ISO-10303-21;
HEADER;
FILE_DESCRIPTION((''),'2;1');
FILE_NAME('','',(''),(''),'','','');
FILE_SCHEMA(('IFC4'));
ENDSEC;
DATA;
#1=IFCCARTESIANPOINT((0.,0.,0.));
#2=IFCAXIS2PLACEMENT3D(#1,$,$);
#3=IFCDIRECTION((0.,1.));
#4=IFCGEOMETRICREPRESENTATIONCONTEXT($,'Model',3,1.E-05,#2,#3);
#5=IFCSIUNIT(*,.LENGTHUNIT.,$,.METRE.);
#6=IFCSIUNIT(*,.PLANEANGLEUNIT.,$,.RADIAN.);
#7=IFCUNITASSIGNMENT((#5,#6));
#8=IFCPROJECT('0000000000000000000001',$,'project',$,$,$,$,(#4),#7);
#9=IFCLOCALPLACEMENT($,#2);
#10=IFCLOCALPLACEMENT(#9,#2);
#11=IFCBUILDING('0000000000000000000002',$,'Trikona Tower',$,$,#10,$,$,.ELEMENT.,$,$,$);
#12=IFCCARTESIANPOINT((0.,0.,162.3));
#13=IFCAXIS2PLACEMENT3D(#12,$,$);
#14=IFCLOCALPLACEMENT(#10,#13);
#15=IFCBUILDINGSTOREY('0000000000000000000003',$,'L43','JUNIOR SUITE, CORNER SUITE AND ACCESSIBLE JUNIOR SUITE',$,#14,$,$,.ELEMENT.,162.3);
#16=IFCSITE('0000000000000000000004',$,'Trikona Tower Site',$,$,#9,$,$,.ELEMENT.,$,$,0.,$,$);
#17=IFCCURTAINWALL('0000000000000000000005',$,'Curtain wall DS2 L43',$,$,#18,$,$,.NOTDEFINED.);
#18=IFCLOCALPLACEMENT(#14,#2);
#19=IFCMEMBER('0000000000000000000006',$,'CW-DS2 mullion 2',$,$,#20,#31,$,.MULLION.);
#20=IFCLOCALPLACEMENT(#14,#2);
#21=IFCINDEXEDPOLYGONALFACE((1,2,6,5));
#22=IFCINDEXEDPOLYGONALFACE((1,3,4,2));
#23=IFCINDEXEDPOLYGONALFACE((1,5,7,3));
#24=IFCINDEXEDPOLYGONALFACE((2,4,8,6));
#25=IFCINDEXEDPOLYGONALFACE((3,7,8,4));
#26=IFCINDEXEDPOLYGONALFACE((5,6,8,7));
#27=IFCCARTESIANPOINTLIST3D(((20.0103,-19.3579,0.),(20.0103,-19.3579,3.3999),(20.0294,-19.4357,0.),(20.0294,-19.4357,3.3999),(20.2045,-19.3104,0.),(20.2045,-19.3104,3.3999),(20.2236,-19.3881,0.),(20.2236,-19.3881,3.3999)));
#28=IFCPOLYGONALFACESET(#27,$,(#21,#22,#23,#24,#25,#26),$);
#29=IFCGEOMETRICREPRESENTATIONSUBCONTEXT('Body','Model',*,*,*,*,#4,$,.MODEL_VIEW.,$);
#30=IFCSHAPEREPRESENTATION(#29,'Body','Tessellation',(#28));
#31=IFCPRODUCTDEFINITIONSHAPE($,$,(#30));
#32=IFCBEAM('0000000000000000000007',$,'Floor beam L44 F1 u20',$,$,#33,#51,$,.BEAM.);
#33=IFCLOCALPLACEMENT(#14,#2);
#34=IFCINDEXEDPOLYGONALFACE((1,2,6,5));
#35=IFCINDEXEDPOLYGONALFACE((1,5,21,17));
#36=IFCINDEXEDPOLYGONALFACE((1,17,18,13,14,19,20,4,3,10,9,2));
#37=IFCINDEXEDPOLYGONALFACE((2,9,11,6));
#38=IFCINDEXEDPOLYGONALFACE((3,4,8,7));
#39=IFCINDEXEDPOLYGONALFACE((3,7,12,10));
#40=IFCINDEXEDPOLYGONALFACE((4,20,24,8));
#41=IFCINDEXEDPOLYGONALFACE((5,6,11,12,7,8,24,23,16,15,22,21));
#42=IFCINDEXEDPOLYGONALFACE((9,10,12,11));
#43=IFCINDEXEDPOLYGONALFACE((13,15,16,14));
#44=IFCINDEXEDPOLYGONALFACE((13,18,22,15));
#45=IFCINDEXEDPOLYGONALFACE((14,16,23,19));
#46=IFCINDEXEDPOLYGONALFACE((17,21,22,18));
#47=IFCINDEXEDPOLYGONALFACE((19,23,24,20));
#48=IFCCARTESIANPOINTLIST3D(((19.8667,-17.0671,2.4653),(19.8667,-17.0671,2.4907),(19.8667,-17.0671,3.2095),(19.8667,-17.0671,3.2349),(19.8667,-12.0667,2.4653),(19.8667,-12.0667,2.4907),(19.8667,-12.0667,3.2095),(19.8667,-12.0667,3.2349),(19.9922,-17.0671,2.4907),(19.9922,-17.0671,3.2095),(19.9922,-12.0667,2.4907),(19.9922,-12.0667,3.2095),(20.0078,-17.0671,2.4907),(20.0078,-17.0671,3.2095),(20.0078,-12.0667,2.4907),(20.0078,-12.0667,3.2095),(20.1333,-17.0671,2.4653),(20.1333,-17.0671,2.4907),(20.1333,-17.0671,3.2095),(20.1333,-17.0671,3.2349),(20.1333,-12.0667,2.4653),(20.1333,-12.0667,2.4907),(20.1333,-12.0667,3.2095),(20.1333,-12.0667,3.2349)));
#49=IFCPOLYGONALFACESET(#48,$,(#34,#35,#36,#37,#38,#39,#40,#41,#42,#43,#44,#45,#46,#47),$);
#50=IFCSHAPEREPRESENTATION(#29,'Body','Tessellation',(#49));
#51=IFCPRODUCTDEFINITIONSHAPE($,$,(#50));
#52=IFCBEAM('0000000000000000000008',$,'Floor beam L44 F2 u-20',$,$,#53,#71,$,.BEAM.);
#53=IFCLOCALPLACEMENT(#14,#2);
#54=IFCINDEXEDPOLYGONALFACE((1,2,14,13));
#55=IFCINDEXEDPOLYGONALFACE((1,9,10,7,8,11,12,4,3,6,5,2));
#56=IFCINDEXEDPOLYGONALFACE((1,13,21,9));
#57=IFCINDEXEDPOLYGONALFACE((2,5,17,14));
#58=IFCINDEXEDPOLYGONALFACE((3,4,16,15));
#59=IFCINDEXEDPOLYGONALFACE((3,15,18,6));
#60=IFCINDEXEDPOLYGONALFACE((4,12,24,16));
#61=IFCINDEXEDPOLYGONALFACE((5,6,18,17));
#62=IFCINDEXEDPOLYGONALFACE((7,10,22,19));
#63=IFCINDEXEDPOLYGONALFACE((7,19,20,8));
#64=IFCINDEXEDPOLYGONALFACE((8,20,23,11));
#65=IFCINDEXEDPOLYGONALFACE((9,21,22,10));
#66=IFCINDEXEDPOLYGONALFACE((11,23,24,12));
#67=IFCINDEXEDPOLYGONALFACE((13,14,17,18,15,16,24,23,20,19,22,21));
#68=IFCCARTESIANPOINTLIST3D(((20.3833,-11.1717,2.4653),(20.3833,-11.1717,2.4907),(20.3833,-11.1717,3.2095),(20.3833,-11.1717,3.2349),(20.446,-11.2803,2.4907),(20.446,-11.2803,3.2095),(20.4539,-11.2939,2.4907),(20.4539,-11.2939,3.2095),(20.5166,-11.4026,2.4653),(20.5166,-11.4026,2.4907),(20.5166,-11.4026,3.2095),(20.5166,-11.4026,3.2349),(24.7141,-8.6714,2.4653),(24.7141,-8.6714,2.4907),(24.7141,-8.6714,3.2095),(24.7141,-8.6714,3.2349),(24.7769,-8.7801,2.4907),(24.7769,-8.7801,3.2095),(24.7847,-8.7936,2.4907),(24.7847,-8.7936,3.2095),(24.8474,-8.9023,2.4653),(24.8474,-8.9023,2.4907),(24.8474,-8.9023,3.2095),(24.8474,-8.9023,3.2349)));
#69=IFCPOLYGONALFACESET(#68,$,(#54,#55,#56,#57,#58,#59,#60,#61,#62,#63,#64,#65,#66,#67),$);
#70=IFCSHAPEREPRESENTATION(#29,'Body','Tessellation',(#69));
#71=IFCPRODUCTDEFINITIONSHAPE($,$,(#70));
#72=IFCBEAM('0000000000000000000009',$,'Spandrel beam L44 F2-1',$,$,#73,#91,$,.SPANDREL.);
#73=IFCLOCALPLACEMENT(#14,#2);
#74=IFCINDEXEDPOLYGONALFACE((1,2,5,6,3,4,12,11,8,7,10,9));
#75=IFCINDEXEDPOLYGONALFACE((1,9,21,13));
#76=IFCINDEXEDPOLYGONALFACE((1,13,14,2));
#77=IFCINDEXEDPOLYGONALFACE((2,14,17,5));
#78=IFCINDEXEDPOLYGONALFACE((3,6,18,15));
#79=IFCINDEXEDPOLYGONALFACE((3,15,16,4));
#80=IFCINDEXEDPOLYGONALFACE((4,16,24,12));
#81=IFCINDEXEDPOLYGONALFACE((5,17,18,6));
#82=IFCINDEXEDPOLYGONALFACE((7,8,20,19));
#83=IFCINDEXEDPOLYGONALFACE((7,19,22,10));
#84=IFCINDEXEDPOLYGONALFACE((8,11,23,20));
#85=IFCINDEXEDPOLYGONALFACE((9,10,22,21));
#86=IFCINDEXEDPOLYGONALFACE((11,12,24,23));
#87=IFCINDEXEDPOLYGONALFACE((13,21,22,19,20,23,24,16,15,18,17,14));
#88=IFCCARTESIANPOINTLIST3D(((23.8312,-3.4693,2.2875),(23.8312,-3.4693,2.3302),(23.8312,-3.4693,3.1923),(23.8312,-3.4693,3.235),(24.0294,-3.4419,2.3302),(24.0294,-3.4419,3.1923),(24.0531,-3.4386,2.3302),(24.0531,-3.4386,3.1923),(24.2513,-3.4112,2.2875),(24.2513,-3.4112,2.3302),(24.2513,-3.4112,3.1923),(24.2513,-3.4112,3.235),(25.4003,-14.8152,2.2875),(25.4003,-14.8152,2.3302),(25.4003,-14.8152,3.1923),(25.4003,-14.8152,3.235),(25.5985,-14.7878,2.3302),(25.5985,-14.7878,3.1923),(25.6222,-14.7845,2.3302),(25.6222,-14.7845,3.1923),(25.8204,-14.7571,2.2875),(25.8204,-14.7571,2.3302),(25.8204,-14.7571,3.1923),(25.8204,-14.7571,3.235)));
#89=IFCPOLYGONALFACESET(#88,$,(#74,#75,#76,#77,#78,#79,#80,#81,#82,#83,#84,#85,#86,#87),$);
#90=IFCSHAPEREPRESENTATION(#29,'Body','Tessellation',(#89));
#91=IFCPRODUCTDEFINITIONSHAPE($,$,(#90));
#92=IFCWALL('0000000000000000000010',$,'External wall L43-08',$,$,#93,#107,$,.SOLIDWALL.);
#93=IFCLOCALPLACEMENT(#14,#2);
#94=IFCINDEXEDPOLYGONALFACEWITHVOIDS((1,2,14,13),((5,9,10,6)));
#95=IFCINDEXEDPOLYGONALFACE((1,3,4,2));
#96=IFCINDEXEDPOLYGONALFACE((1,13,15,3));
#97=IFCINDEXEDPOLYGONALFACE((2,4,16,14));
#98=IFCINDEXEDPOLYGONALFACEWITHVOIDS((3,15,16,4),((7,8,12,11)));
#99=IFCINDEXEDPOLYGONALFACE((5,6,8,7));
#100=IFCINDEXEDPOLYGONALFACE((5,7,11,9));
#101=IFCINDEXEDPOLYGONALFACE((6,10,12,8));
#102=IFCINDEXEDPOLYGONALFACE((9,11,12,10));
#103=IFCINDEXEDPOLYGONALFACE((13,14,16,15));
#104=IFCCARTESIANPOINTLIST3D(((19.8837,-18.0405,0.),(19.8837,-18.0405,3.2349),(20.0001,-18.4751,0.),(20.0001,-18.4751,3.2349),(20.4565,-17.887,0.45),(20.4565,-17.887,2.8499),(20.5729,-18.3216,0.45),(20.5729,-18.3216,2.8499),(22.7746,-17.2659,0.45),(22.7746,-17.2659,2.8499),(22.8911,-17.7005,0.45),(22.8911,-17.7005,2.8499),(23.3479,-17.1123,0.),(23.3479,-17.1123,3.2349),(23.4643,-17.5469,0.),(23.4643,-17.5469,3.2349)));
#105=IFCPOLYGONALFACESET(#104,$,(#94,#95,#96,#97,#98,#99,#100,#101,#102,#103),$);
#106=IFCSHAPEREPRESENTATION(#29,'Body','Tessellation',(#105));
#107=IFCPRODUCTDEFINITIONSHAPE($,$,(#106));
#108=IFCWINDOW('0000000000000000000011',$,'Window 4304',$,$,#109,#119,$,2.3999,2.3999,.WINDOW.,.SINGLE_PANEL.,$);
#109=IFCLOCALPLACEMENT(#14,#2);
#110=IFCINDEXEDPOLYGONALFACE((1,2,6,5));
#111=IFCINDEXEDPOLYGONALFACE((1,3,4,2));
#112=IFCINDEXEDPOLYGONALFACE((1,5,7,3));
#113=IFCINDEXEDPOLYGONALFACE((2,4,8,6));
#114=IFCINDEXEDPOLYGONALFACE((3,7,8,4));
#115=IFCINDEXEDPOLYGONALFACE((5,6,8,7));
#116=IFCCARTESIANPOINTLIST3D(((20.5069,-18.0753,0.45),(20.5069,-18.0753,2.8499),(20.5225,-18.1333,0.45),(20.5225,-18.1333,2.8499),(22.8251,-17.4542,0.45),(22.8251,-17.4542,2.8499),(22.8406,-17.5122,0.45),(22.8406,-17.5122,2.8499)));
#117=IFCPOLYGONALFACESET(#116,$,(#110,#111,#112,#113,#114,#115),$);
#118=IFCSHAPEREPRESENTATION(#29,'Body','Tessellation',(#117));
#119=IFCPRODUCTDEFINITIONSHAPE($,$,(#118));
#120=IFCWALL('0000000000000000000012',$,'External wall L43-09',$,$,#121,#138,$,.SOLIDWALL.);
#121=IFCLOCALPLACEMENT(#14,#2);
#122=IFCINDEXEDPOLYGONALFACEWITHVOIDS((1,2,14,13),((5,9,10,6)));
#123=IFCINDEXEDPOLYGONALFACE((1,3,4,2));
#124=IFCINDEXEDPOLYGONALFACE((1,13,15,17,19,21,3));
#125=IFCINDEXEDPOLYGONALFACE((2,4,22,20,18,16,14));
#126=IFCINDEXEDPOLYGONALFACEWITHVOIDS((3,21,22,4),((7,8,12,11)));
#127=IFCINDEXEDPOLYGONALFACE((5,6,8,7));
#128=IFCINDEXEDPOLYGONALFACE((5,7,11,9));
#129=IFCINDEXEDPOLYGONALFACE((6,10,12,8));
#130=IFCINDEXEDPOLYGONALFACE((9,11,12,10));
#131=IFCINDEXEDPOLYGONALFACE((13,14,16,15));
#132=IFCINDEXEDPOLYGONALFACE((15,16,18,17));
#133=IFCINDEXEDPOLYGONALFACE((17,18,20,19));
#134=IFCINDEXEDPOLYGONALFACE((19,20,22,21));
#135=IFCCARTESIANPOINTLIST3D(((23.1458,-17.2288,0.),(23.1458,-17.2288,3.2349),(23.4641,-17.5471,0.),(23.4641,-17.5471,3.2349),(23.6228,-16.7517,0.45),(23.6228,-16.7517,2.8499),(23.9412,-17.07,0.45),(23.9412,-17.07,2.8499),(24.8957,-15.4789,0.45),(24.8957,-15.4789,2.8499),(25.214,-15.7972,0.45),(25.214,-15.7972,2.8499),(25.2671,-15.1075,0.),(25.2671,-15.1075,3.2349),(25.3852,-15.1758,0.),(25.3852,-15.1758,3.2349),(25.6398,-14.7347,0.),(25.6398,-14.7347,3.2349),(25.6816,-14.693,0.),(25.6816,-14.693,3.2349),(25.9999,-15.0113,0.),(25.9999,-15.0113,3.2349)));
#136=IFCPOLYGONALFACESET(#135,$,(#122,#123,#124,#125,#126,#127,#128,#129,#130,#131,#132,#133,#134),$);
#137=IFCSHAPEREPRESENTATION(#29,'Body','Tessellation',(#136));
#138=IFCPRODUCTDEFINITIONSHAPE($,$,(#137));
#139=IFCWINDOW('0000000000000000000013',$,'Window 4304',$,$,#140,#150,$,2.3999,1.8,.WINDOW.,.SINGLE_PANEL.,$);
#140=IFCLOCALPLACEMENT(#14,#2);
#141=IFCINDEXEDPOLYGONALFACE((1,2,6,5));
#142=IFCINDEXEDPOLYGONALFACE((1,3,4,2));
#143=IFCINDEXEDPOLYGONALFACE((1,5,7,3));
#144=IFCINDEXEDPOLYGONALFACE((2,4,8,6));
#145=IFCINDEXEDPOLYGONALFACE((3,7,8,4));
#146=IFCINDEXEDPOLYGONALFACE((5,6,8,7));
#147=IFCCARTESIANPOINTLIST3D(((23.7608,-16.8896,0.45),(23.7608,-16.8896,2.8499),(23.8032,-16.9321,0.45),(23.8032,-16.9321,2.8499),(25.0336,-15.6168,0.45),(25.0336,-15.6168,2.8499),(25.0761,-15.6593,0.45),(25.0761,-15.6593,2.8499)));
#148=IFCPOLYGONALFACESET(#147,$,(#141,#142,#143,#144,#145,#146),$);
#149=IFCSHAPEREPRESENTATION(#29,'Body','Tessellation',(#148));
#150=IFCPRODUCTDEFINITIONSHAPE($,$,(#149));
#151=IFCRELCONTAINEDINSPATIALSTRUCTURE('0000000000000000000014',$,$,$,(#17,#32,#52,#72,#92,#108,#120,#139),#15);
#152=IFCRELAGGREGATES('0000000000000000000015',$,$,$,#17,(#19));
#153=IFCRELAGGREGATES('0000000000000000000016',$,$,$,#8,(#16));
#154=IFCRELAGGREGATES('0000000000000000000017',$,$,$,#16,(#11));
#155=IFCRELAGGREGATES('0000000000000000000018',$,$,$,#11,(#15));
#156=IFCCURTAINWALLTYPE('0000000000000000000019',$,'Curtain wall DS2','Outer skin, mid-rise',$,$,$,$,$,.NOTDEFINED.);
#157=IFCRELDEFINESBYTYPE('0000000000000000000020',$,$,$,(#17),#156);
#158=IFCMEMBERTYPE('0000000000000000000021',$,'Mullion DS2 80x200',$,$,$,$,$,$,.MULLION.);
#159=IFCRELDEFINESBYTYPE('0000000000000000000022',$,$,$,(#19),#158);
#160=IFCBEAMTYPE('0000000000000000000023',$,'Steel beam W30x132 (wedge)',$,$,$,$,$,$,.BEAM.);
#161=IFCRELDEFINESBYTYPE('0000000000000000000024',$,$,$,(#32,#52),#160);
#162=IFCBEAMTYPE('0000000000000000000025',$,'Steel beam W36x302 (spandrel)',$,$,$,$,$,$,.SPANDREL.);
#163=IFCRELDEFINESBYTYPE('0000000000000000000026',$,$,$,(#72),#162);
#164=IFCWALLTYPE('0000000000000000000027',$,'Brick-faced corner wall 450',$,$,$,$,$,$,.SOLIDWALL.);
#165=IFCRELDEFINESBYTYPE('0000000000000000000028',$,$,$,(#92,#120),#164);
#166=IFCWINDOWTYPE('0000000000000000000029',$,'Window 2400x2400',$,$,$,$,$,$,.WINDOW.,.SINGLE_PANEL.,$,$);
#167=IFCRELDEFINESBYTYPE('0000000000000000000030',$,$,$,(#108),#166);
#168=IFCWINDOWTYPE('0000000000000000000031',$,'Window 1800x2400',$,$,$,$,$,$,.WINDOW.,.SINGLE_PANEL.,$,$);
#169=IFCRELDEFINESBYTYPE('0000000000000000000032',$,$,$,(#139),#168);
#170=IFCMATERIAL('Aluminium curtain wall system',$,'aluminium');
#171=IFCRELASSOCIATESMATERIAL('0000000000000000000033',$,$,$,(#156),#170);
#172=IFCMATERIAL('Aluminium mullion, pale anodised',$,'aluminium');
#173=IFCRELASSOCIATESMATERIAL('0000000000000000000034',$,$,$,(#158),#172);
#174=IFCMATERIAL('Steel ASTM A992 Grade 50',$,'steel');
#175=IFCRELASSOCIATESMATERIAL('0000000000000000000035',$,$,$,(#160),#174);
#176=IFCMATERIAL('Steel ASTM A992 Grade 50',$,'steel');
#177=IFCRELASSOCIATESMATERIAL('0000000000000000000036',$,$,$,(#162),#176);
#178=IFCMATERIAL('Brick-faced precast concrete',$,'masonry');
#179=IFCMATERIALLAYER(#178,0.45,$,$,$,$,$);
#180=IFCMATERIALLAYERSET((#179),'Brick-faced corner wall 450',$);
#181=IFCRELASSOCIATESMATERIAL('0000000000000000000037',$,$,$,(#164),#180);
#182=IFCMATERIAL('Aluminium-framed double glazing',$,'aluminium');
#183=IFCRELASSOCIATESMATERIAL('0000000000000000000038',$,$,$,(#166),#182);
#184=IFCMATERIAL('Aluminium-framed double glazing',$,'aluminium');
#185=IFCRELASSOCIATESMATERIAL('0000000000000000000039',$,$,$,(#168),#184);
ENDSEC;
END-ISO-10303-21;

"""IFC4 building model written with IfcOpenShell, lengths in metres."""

from ifc_helpers import new_model, si_unit, direction, frame, frame_2d, origin, origin_2d, place, context, subcontext, project, spatial, polyline, rectangle, i_section, outline, extrude, material, layer, layer_set, material_profile, profile_set, type_object, element, fill, aggregate, save


model = new_model("IFC4")

# Units and contexts
model_context = context("Model", 3, precision=1e-05, world=origin(), true_north=direction((0.0, 1.0)))
body_context = subcontext(model_context, "Body", "Model", "MODEL_VIEW")
ifc_project = project(units=[si_unit("LENGTHUNIT", "METRE"), si_unit("PLANEANGLEUNIT", "RADIAN")], contexts=[model_context])

# Site, building, storey
site_placement = place(None, origin())
site = spatial("IfcSite", under=ifc_project, at=site_placement, Name="Trikona Tower Site", CompositionType="ELEMENT", RefElevation=0.0)
building_placement = place(site_placement, origin())
building = spatial("IfcBuilding", under=site, at=building_placement, Name="Trikona Tower", CompositionType="ELEMENT")
storey_placement = place(building_placement, frame((0.0, 0.0, 162.3)))
storey = spatial("IfcBuildingStorey", under=building, at=storey_placement, Name="L43", Description="JUNIOR SUITE, CORNER SUITE AND ACCESSIBLE JUNIOR SUITE", CompositionType="ELEMENT", Elevation=162.3)

# Curtain wall, member
ifc_material_1 = material(Name="Aluminium curtain wall system", Category="aluminium")
curtain_wall_type = type_object("IfcCurtainWallType", Name="Curtain wall DS2", Description="Outer skin, mid-rise", PredefinedType="NOTDEFINED", material=ifc_material_1)
curtain_wall_placement = place(storey_placement, origin())
curtain_wall = element("IfcCurtainWall", 1, at=curtain_wall_placement, inside=storey, type_object=curtain_wall_type, Name="Curtain wall DS2 L43", PredefinedType="NOTDEFINED")
ifc_material_2 = material(Name="Aluminium mullion, pale anodised", Category="aluminium")
ifc_material_profile_1 = material_profile(ifc_material_2, rectangle(XDim=0.0801, YDim=0.2, at=origin_2d()), Name="MUL-DS2")
ifc_profile_set_1 = profile_set([ifc_material_profile_1], Name="Aluminium mullion, pale anodised")
member_type = type_object("IfcMemberType", Name="Mullion DS2 80x200", PredefinedType="MULLION", material=ifc_profile_set_1)
member_placement = place(storey_placement, frame((20.1169, -19.373, 0.0), z_axis=(0.0, 0.0, 1.0), x_axis=(-0.23797, 0.971272, 0.0)))
member = element("IfcMember", 2, at=member_placement, type_object=member_type, Name="CW-DS2 mullion 2", PredefinedType="MULLION", context=body_context, shape_type="SweptSolid", body=[
    extrude(rectangle(XDim=0.0801, YDim=0.2, at=origin_2d()), origin(), (0.0, 0.0, 1.0), 3.3999),
])
aggregate(curtain_wall, [member])

# Beams
ifc_material_3 = material(Name="Steel ASTM A992 Grade 50", Category="steel")
ifc_material_profile_2 = material_profile(ifc_material_3, i_section(OverallWidth=0.2666, OverallDepth=0.7695, WebThickness=0.0156, FlangeThickness=0.0254, at=origin_2d()), Name="W30X132")
ifc_profile_set_2 = profile_set([ifc_material_profile_2], Name="Steel ASTM A992 Grade 50")
beam_type_1 = type_object("IfcBeamType", Name="Steel beam W30x132 (wedge)", PredefinedType="BEAM", material=ifc_profile_set_2)
beam_1_placement = place(storey_placement, frame((20.0, -12.0667, 2.8501), z_axis=(0.0, -1.0, 0.0), x_axis=(1.0, 0.0, 0.0)))
element("IfcBeam", 3, at=beam_1_placement, inside=storey, type_object=beam_type_1, Name="Floor beam L44 F1 u20", PredefinedType="BEAM", context=body_context, shape_type="SweptSolid", body=[
    extrude(i_section(OverallWidth=0.2666, OverallDepth=0.7695, WebThickness=0.0156, FlangeThickness=0.0254, at=origin_2d()), origin(), (0.0, 0.0, 1.0), 5.0005),
])
beam_2_placement = place(storey_placement, frame((20.45, -11.2871, 2.8501), z_axis=(0.866038, 0.499977, 0.0), x_axis=(-0.499977, 0.866038, 0.0)))
element("IfcBeam", 4, at=beam_2_placement, inside=storey, type_object=beam_type_1, Name="Floor beam L44 F2 u-20", PredefinedType="BEAM", context=body_context, shape_type="SweptSolid", body=[
    extrude(i_section(OverallWidth=0.2666, OverallDepth=0.7695, WebThickness=0.0156, FlangeThickness=0.0254, at=origin_2d()), origin(), (0.0, 0.0, 1.0), 5.0007),
])
ifc_material_4 = material(Name="Steel ASTM A992 Grade 50", Category="steel")
ifc_material_profile_3 = material_profile(ifc_material_4, i_section(OverallWidth=0.4241, OverallDepth=0.9475, WebThickness=0.0239, FlangeThickness=0.0427, at=origin_2d()), Name="W36X302")
ifc_profile_set_3 = profile_set([ifc_material_profile_3], Name="Steel ASTM A992 Grade 50")
beam_type_2 = type_object("IfcBeamType", Name="Steel beam W36x302 (spandrel)", PredefinedType="SPANDREL", material=ifc_profile_set_3)
beam_3_placement = place(storey_placement, frame((25.6104, -14.7861, 2.7612), z_axis=(-0.136992, 0.990572, 0.0), x_axis=(-0.990572, -0.136992, 0.0)))
element("IfcBeam", 5, at=beam_3_placement, inside=storey, type_object=beam_type_2, Name="Spandrel beam L44 F2-1", PredefinedType="SPANDREL", context=body_context, shape_type="SweptSolid", body=[
    extrude(i_section(OverallWidth=0.4241, OverallDepth=0.9475, WebThickness=0.0239, FlangeThickness=0.0427, at=origin_2d()), origin(), (0.0, 0.0, 1.0), 11.4539),
])

# Walls, openings, windows
ifc_material_5 = material(Name="Brick-faced precast concrete", Category="masonry")
ifc_layer_1 = layer(ifc_material_5, 0.45)
ifc_layer_set_1 = layer_set([ifc_layer_1], Name="Brick-faced corner wall 450")
wall_type_1 = type_object("IfcWallType", Name="Brick-faced corner wall 450", PredefinedType="SOLIDWALL", material=ifc_layer_set_1)
wall_1_placement = place(storey_placement, frame((19.9419, -18.2578, 0.0), z_axis=(0.0, 0.0, 1.0), x_axis=(0.965925, 0.258823, 0.0)))
wall_1 = element("IfcWall", 6, at=wall_1_placement, inside=storey, type_object=wall_type_1, Name="External wall L43-08", PredefinedType="SOLIDWALL", context=body_context, shape_type="SweptSolid", body=[
    extrude(rectangle(XDim=3.5864, YDim=0.45, at=frame_2d((1.7932, 0.0))), origin(), (0.0, 0.0, 1.0), 3.2349),
])
opening_1_placement = place(wall_1_placement, frame((0.593, 0.0, 0.45)))
opening_1 = element("IfcOpeningElement", 7, at=opening_1_placement, cuts=wall_1, PredefinedType="OPENING", context=body_context, shape_type="SweptSolid", body=[
    extrude(rectangle(XDim=2.3999, YDim=2.3999, at=frame_2d((1.2, 1.2))), frame((0.0, 0.2349, 0.0), z_axis=(0.0, -1.0, 0.0), x_axis=(1.0, 0.0, 0.0)), (0.0, 0.0, 1.0), 0.47),
])
ifc_material_6 = material(Name="Aluminium-framed double glazing", Category="aluminium")
window_type_1 = type_object("IfcWindowType", Name="Window 2400x2400", PartitioningType="SINGLE_PANEL", PredefinedType="WINDOW", material=ifc_material_6)
window_1_placement = place(opening_1_placement, origin())
window_1 = element("IfcWindow", 8, at=window_1_placement, inside=storey, type_object=window_type_1, Name="Window 4304", OverallHeight=2.3999, OverallWidth=2.3999, PartitioningType="SINGLE_PANEL", PredefinedType="WINDOW", context=body_context, shape_type="SweptSolid", body=[
    extrude(rectangle(XDim=2.3999, YDim=2.3999, at=frame_2d((1.2, 1.2))), frame((0.0, 0.03, 0.0), z_axis=(0.0, -1.0, 0.0), x_axis=(1.0, 0.0, 0.0)), (0.0, 0.0, 1.0), 0.0601),
])
fill(opening_1, window_1)
wall_2_placement = place(storey_placement, frame((23.3049, -17.3879, 0.0), z_axis=(0.0, 0.0, 1.0), x_axis=(0.707107, 0.707107, 0.0)))
wall_2 = element("IfcWall", 9, at=wall_2_placement, inside=storey, type_object=wall_type_1, Name="External wall L43-09", PredefinedType="SOLIDWALL", context=body_context, shape_type="SweptSolid", body=[
    extrude(outline(polyline([(3.5862, 0.2251), (3.5271, 0.2251), (3.0352, 0.0933), (3.0, 0.2251), (0.0, 0.2251), (0.0, -0.2251), (3.5862, -0.2251), (3.5862, 0.2251)])), origin(), (0.0, 0.0, 1.0), 3.2349),
])
opening_2_placement = place(wall_2_placement, frame((0.6748, 0.0, 0.45)))
opening_2 = element("IfcOpeningElement", 10, at=opening_2_placement, cuts=wall_2, PredefinedType="OPENING", context=body_context, shape_type="SweptSolid", body=[
    extrude(rectangle(XDim=1.8, YDim=2.3999, at=frame_2d((0.8999, 1.2))), frame((0.0, 0.2349, 0.0), z_axis=(0.0, -1.0, 0.0), x_axis=(1.0, 0.0, 0.0)), (0.0, 0.0, 1.0), 0.47),
])
ifc_material_7 = material(Name="Aluminium-framed double glazing", Category="aluminium")
window_type_2 = type_object("IfcWindowType", Name="Window 1800x2400", PartitioningType="SINGLE_PANEL", PredefinedType="WINDOW", material=ifc_material_7)
window_2_placement = place(opening_2_placement, origin())
window_2 = element("IfcWindow", 11, at=window_2_placement, inside=storey, type_object=window_type_2, Name="Window 4304", OverallHeight=2.3999, OverallWidth=1.8, PartitioningType="SINGLE_PANEL", PredefinedType="WINDOW", context=body_context, shape_type="SweptSolid", body=[
    extrude(rectangle(XDim=1.8, YDim=2.3999, at=frame_2d((0.8999, 1.2))), frame((0.0, 0.03, 0.0), z_axis=(0.0, -1.0, 0.0), x_axis=(1.0, 0.0, 0.0)), (0.0, 0.0, 1.0), 0.0601),
])
fill(opening_2, window_2)

save(model, "model.ifc")
